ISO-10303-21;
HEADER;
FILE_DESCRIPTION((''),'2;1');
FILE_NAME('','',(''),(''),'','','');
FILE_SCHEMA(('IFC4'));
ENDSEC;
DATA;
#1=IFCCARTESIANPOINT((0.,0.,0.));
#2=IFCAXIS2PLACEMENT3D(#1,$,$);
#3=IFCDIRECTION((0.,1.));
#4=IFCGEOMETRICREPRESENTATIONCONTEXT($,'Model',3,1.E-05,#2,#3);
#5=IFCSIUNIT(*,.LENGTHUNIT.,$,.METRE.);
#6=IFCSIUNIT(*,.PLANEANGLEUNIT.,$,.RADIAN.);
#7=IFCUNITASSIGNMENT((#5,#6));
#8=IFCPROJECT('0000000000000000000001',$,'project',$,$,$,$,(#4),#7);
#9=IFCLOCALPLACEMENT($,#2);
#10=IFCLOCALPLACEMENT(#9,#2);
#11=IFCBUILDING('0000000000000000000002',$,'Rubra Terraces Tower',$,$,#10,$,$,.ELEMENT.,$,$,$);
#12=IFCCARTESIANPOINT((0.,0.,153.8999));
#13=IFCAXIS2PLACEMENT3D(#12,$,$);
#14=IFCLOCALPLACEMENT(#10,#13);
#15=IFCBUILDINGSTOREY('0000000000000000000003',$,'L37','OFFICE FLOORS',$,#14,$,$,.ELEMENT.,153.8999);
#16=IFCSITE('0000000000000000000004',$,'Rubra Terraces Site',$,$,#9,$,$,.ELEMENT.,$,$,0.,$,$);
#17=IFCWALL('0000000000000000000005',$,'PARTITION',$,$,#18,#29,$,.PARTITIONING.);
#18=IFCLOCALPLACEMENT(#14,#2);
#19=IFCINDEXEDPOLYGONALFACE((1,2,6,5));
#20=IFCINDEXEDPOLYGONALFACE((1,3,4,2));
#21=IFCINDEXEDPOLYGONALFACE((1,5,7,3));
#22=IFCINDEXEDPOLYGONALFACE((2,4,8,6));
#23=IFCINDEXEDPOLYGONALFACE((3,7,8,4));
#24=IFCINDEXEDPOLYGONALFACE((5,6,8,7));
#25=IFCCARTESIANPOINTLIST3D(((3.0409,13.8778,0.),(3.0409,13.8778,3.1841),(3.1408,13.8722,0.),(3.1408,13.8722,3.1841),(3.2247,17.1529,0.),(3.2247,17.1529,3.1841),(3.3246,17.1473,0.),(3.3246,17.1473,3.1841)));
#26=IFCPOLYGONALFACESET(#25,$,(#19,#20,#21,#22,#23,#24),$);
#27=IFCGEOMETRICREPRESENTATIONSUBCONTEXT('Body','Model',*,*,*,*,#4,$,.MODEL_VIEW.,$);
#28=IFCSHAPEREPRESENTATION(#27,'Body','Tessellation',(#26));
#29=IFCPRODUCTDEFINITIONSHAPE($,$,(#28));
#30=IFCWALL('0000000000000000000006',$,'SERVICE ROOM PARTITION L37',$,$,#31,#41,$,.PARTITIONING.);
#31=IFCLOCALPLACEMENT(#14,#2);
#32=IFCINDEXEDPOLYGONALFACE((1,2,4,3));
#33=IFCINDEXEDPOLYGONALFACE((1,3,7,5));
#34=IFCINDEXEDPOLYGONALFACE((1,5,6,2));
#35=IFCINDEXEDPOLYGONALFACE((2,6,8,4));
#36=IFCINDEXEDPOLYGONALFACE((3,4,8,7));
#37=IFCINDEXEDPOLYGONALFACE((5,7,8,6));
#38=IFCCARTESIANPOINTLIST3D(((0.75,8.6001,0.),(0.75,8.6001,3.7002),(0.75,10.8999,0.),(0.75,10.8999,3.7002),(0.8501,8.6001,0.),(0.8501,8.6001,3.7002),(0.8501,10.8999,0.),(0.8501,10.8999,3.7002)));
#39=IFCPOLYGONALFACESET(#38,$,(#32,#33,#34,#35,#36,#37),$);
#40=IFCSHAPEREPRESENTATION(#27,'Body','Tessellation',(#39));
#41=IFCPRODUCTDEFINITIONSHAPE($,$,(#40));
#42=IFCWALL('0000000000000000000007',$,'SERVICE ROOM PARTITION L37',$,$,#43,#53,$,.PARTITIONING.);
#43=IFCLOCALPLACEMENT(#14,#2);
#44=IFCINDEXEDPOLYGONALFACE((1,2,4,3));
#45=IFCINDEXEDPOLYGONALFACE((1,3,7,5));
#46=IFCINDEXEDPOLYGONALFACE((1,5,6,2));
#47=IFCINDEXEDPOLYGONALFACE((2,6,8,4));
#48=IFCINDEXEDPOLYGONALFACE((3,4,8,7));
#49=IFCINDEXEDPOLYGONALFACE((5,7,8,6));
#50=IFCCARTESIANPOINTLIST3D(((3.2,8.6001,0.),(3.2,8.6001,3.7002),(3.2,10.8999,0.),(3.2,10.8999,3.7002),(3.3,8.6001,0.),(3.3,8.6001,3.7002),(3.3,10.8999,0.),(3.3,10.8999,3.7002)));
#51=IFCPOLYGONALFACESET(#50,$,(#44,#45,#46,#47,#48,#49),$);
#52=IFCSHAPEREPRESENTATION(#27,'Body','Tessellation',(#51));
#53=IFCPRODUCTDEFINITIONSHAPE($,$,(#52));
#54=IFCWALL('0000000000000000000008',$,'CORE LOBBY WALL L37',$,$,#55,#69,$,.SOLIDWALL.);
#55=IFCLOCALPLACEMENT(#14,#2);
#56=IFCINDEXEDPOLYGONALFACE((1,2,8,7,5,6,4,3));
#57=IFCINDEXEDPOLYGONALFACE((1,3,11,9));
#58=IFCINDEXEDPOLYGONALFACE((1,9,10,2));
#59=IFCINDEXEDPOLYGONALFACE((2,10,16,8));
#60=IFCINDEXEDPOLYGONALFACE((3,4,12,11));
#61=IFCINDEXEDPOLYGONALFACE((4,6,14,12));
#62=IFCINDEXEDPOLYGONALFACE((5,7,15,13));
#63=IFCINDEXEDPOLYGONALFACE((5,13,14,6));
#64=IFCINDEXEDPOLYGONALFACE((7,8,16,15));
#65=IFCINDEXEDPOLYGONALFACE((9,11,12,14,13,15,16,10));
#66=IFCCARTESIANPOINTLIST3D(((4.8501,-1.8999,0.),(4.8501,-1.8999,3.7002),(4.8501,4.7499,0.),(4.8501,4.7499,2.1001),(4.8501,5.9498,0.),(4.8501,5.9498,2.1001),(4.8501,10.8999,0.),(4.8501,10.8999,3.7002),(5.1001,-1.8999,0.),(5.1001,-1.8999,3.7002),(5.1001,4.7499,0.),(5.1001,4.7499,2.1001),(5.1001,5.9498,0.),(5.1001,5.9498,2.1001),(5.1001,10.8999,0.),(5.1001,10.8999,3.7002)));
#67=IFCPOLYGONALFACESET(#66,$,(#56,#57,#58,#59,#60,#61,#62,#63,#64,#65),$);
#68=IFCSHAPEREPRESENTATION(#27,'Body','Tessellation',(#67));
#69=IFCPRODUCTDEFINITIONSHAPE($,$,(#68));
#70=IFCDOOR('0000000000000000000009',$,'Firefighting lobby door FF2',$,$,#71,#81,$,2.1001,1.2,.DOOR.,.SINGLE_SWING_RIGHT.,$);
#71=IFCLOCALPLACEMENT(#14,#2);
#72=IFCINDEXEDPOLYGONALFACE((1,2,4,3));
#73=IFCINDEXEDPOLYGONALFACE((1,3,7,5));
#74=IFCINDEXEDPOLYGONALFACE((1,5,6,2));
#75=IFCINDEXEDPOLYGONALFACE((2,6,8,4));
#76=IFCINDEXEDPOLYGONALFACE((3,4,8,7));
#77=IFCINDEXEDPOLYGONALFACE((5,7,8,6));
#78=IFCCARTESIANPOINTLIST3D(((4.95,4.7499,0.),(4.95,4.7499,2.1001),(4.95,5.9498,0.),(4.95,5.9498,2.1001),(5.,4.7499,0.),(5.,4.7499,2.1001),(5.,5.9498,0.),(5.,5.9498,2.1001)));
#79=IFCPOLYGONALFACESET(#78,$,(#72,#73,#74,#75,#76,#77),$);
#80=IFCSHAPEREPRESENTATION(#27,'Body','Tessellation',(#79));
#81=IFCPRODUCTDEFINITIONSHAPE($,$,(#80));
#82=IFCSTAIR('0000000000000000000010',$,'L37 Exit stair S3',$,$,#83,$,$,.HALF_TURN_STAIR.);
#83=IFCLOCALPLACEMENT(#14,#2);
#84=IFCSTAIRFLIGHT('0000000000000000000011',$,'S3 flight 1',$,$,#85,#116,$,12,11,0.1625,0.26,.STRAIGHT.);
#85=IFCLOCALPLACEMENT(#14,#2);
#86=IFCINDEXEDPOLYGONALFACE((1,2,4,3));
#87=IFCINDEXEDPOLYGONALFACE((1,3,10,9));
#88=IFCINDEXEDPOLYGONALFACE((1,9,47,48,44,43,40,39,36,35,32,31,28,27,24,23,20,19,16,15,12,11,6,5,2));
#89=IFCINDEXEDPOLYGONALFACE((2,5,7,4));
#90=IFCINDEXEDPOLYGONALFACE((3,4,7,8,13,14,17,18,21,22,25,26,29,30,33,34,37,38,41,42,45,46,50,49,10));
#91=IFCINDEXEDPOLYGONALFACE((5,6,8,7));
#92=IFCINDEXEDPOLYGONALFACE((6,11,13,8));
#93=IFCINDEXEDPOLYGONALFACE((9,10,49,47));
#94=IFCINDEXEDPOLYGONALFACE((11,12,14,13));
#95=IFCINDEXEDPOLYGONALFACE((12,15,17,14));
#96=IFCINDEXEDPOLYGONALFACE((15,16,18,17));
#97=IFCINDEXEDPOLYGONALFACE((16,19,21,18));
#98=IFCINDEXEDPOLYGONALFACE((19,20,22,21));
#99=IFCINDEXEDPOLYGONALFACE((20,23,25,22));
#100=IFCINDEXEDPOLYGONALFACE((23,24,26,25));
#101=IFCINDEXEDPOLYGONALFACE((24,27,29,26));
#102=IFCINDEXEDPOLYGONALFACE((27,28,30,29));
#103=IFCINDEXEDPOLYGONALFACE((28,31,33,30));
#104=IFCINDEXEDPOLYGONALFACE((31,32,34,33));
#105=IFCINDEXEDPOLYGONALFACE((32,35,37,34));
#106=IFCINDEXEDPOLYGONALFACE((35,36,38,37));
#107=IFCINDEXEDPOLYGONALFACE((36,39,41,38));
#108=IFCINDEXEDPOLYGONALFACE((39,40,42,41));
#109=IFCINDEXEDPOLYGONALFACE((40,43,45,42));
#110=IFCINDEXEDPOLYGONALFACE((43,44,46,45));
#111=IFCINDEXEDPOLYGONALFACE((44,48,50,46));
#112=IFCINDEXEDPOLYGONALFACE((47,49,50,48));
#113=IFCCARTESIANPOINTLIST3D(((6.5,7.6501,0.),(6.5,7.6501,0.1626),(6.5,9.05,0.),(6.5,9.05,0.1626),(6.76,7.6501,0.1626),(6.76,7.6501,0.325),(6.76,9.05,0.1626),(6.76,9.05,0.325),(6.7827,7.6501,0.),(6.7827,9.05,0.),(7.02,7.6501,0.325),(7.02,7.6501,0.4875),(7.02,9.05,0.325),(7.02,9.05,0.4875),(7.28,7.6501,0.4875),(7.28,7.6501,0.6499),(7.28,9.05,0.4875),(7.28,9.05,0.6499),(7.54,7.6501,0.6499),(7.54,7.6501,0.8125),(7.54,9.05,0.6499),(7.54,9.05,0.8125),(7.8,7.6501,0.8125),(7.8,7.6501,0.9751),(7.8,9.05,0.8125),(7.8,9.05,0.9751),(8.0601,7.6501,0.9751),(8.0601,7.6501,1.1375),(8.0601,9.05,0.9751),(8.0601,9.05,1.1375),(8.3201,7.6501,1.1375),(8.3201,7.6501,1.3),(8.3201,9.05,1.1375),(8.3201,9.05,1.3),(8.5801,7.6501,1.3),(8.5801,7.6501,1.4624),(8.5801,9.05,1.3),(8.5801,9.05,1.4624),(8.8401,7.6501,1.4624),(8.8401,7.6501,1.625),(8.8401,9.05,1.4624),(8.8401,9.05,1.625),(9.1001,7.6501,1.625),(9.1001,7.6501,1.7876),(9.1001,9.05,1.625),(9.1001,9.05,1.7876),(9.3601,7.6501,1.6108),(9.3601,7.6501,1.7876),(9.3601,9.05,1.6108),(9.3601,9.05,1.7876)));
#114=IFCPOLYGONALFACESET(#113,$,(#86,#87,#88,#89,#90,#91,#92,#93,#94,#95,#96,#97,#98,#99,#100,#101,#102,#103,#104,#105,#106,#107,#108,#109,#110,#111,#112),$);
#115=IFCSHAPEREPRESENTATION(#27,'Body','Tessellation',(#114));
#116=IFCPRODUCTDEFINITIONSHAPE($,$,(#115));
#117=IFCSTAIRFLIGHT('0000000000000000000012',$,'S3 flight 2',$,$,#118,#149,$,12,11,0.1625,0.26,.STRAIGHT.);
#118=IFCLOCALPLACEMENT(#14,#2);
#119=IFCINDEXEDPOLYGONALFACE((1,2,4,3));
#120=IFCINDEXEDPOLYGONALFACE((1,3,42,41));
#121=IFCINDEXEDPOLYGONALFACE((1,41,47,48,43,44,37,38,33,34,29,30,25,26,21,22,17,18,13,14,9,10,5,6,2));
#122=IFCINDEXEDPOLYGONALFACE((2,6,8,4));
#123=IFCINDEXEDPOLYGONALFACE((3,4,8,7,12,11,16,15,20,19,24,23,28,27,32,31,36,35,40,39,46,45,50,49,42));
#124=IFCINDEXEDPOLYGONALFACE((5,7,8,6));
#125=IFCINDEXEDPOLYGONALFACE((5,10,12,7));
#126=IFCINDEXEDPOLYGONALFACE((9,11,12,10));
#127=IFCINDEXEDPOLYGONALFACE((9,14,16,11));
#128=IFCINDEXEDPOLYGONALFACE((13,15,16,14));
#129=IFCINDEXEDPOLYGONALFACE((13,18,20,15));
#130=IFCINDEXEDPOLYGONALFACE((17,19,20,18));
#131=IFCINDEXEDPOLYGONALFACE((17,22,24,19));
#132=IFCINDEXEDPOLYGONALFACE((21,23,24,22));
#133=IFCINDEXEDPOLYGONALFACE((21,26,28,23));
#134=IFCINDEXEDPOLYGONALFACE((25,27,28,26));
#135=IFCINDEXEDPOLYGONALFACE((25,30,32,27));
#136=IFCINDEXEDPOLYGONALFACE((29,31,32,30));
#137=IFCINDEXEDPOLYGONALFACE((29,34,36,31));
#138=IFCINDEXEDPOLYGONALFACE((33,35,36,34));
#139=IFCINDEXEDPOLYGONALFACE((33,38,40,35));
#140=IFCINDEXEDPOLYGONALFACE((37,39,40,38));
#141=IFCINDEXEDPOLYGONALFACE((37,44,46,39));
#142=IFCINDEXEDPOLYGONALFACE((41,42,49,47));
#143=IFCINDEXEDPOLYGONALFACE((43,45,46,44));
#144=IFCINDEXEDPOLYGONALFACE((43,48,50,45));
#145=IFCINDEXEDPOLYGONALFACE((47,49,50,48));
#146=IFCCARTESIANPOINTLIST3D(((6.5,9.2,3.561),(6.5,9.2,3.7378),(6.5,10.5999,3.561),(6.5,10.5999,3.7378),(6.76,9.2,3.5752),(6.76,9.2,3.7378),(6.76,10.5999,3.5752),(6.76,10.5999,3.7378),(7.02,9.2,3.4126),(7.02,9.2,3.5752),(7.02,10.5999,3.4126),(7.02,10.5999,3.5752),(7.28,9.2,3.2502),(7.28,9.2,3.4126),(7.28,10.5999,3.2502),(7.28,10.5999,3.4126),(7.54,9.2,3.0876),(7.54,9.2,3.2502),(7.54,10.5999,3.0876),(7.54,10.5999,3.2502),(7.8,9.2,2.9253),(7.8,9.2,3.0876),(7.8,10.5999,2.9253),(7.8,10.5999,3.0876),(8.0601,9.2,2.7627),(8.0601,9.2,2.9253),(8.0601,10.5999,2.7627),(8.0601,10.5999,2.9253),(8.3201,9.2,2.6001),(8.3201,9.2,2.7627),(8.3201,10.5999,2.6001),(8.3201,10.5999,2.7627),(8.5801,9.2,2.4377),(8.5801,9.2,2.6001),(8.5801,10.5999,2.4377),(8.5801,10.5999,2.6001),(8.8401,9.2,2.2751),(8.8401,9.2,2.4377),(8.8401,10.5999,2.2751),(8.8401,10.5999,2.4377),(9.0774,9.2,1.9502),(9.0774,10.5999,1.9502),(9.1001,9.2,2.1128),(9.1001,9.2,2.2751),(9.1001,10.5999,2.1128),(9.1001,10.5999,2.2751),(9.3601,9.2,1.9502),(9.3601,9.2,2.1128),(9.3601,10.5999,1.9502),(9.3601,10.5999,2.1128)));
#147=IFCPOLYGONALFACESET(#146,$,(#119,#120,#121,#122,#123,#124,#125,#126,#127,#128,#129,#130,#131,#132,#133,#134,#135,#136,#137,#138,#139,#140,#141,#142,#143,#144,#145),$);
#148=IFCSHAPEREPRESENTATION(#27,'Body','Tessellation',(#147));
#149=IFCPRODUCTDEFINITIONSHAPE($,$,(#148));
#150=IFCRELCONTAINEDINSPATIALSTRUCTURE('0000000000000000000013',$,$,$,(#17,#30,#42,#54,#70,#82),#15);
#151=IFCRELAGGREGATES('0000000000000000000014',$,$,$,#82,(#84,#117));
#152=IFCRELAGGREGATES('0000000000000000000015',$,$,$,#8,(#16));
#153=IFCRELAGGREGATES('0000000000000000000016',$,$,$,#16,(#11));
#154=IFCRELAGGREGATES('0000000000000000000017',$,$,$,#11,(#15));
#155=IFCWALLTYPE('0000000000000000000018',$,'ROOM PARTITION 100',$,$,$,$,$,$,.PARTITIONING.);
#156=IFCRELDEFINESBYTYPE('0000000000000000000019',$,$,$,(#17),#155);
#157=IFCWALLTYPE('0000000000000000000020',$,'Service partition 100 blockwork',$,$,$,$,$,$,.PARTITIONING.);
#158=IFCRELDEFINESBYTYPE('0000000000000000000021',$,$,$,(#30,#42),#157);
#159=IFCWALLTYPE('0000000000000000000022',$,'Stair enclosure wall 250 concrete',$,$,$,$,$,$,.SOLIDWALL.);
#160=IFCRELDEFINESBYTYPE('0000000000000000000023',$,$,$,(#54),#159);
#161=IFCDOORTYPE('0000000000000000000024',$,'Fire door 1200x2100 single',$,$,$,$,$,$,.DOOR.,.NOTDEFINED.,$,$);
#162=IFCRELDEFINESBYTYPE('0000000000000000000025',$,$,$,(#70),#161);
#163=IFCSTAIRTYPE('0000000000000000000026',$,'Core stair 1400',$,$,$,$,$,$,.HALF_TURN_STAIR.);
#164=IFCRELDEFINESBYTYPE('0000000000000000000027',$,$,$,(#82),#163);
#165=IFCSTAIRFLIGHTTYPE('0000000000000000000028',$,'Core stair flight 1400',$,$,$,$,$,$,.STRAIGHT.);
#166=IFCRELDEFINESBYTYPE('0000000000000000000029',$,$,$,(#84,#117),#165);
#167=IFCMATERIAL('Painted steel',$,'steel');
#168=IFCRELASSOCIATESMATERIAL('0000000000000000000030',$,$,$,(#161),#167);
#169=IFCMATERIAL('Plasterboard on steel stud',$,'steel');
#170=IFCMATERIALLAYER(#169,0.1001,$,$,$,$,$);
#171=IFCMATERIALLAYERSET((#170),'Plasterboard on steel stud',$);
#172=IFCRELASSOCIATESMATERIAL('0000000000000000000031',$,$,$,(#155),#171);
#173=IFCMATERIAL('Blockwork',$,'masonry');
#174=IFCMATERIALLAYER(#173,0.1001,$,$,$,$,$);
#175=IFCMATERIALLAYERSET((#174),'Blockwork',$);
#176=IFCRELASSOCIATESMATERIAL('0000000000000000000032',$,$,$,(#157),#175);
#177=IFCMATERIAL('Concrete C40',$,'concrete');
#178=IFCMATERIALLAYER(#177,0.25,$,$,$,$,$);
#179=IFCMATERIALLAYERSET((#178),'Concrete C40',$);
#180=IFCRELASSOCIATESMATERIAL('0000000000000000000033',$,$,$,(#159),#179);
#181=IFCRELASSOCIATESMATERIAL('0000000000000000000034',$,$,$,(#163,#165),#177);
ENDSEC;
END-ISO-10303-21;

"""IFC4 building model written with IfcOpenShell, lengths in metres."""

from ifc_helpers import new_model, si_unit, direction, frame, frame_2d, origin, place, context, subcontext, project, spatial, polyline, rectangle, outline, extrude, material, layer, layer_set, type_object, element, fill, aggregate, save


model = new_model("IFC4")

# Units and contexts
model_context = context("Model", 3, precision=1e-05, world=origin(), true_north=direction((0.0, 1.0)))
body_context = subcontext(model_context, "Body", "Model", "MODEL_VIEW")
ifc_project = project(units=[si_unit("LENGTHUNIT", "METRE"), si_unit("PLANEANGLEUNIT", "RADIAN")], contexts=[model_context])

# Site, building, storey
site_placement = place(None, origin())
site = spatial("IfcSite", under=ifc_project, at=site_placement, Name="Rubra Terraces Site", CompositionType="ELEMENT", RefElevation=0.0)
building_placement = place(site_placement, origin())
building = spatial("IfcBuilding", under=site, at=building_placement, Name="Rubra Terraces Tower", CompositionType="ELEMENT")
storey_placement = place(building_placement, frame((0.0, 0.0, 153.8999)))
storey = spatial("IfcBuildingStorey", under=building, at=storey_placement, Name="L37", Description="OFFICE FLOORS", CompositionType="ELEMENT", Elevation=153.8999)

# Shared definitions
ifc_material_1 = material(Name="Concrete C40", Category="concrete")

# Shared definitions
ifc_material_2 = material(Name="Painted steel", Category="steel")
door_type_1 = type_object("IfcDoorType", Name="Fire door 1200x2100 single", OperationType="NOTDEFINED", PredefinedType="DOOR", material=ifc_material_2)

# Walls
ifc_material_3 = material(Name="Plasterboard on steel stud", Category="steel")
ifc_layer_1 = layer(ifc_material_3, 0.1001)
ifc_layer_set_1 = layer_set([ifc_layer_1], Name="Plasterboard on steel stud")
wall_type_1 = type_object("IfcWallType", Name="ROOM PARTITION 100", PredefinedType="PARTITIONING", material=ifc_layer_set_1)
wall_1_placement = place(storey_placement, frame((3.0908, 13.875, 0.0), z_axis=(0.0, 0.0, 1.0), x_axis=(0.056043, 0.998428, 0.0)))
element("IfcWall", 1, at=wall_1_placement, inside=storey, type_object=wall_type_1, Name="PARTITION", PredefinedType="PARTITIONING", context=body_context, shape_type="SweptSolid", body=[
    extrude(rectangle(XDim=3.2803, YDim=0.1001, at=frame_2d((1.6401, 0.0))), origin(), (0.0, 0.0, 1.0), 3.1841),
])
ifc_material_4 = material(Name="Blockwork", Category="masonry")
ifc_layer_2 = layer(ifc_material_4, 0.1001)
ifc_layer_set_2 = layer_set([ifc_layer_2], Name="Blockwork")
wall_type_2 = type_object("IfcWallType", Name="Service partition 100 blockwork", PredefinedType="PARTITIONING", material=ifc_layer_set_2)
for number, where, z_axis, x_axis, name in (
    (2, (0.8, 8.6001, 0.0), (0.0, 0.0, 1.0), (0.0, 1.0, 0.0), "SERVICE ROOM PARTITION L37"),
    (3, (3.25, 8.6001, 0.0), (0.0, 0.0, 1.0), (0.0, 1.0, 0.0), "SERVICE ROOM PARTITION L37"),
):
    element("IfcWall", number, at=place(storey_placement, frame(where, z_axis=z_axis, x_axis=x_axis)), inside=storey, type_object=wall_type_2, Name=name, PredefinedType="PARTITIONING", context=body_context, shape_type="SweptSolid", body=[
        extrude(rectangle(XDim=2.2998, YDim=0.1001, at=frame_2d((1.1499, 0.0))), origin(), (0.0, 0.0, 1.0), 3.7002),
    ])

# Wall, opening, door
ifc_layer_3 = layer(ifc_material_1, 0.25)
ifc_layer_set_3 = layer_set([ifc_layer_3], Name="Concrete C40")
wall_type_3 = type_object("IfcWallType", Name="Stair enclosure wall 250 concrete", PredefinedType="SOLIDWALL", material=ifc_layer_set_3)
wall_2_placement = place(storey_placement, frame((4.9751, 10.8999, 0.0), z_axis=(0.0, 0.0, 1.0), x_axis=(0.0, -1.0, 0.0)))
wall_2 = element("IfcWall", 4, at=wall_2_placement, inside=storey, type_object=wall_type_3, Name="CORE LOBBY WALL L37", PredefinedType="SOLIDWALL", context=body_context, shape_type="SweptSolid", body=[
    extrude(rectangle(XDim=12.7998, YDim=0.25, at=frame_2d((6.3999, 0.0))), origin(), (0.0, 0.0, 1.0), 3.7002),
])
opening_1_placement = place(wall_2_placement, frame((4.95, 0.0, 0.0)))
opening_1 = element("IfcOpeningElement", 5, at=opening_1_placement, cuts=wall_2, PredefinedType="OPENING", context=body_context, shape_type="SweptSolid", body=[
    extrude(rectangle(XDim=1.2, YDim=2.1001, at=frame_2d((0.6001, 1.05))), frame((0.0, 0.135, 0.0), z_axis=(0.0, -1.0, 0.0), x_axis=(1.0, 0.0, 0.0)), (0.0, 0.0, 1.0), 0.27),
])
door_1_placement = place(opening_1_placement, origin())
door_1 = element("IfcDoor", 6, at=door_1_placement, inside=storey, type_object=door_type_1, Name="Firefighting lobby door FF2", OperationType="SINGLE_SWING_RIGHT", OverallHeight=2.1001, OverallWidth=1.2, PredefinedType="DOOR", context=body_context, shape_type="SweptSolid", body=[
    extrude(rectangle(XDim=1.2, YDim=2.1001, at=frame_2d((0.6001, 1.05))), frame((0.0, 0.0249, 0.0), z_axis=(0.0, -1.0, 0.0), x_axis=(1.0, 0.0, 0.0)), (0.0, 0.0, 1.0), 0.05),
])
fill(opening_1, door_1)

# Stair, stair flights
stair_type = type_object("IfcStairType", Name="Core stair 1400", PredefinedType="HALF_TURN_STAIR", material=ifc_material_1)
stair_placement = place(storey_placement, origin())
stair = element("IfcStair", 7, at=stair_placement, inside=storey, type_object=stair_type, Name="L37 Exit stair S3", PredefinedType="HALF_TURN_STAIR")
stair_flight_type = type_object("IfcStairFlightType", Name="Core stair flight 1400", PredefinedType="STRAIGHT", material=ifc_material_1)
stair_flight_1_placement = place(storey_placement, frame((6.5, 8.3501, 0.0), z_axis=(0.0, 0.0, 1.0), x_axis=(1.0, 0.0, 0.0)))
stair_flight_1 = element("IfcStairFlight", 8, at=stair_flight_1_placement, type_object=stair_flight_type, Name="S3 flight 1", NumberOfRisers=12, NumberOfTreads=11, PredefinedType="STRAIGHT", RiserHeight=0.1625, TreadLength=0.26, context=body_context, shape_type="SweptSolid", body=[
    extrude(outline(polyline([(0.0, 0.0), (0.0, 0.1626), (0.26, 0.1626), (0.26, 0.325), (0.52, 0.325), (0.52, 0.4875), (0.78, 0.4875), (0.78, 0.6499), (1.04, 0.6499), (1.04, 0.8125), (1.3, 0.8125), (1.3, 0.9751), (1.5601, 0.9751), (1.5601, 1.1375), (1.8201, 1.1375), (1.8201, 1.3), (2.0801, 1.3), (2.0801, 1.4624), (2.3401, 1.4624), (2.3401, 1.625), (2.6001, 1.625), (2.6001, 1.7876), (2.8601, 1.7876), (2.8601, 1.95), (2.8601, 1.6108), (0.2827, 0.0), (0.0, 0.0)])), frame((0.0, 0.7, 0.0), z_axis=(0.0, -1.0, 0.0), x_axis=(1.0, 0.0, 0.0)), (0.0, 0.0, 1.0), 1.3999),
])
stair_flight_2_placement = place(storey_placement, frame((9.3601, 9.8999, 1.9502), z_axis=(0.0, 0.0, 1.0), x_axis=(-1.0, 0.0, 0.0)))
stair_flight_2 = element("IfcStairFlight", 9, at=stair_flight_2_placement, type_object=stair_flight_type, Name="S3 flight 2", NumberOfRisers=12, NumberOfTreads=11, PredefinedType="STRAIGHT", RiserHeight=0.1625, TreadLength=0.26, context=body_context, shape_type="SweptSolid", body=[
    extrude(outline(polyline([(0.0, 0.0), (0.0, 0.1626), (0.26, 0.1626), (0.26, 0.325), (0.52, 0.325), (0.52, 0.4875), (0.78, 0.4875), (0.78, 0.6499), (1.04, 0.6499), (1.04, 0.8125), (1.3, 0.8125), (1.3, 0.9751), (1.5601, 0.9751), (1.5601, 1.1375), (1.8201, 1.1375), (1.8201, 1.3), (2.0801, 1.3), (2.0801, 1.4624), (2.3401, 1.4624), (2.3401, 1.625), (2.6001, 1.625), (2.6001, 1.7876), (2.8601, 1.7876), (2.8601, 1.95), (2.8601, 1.6108), (0.2827, 0.0), (0.0, 0.0)])), frame((0.0, 0.7, 0.0), z_axis=(0.0, -1.0, 0.0), x_axis=(1.0, 0.0, 0.0)), (0.0, 0.0, 1.0), 1.3999),
])
aggregate(stair, [stair_flight_1, stair_flight_2])

save(model, "model.ifc")
